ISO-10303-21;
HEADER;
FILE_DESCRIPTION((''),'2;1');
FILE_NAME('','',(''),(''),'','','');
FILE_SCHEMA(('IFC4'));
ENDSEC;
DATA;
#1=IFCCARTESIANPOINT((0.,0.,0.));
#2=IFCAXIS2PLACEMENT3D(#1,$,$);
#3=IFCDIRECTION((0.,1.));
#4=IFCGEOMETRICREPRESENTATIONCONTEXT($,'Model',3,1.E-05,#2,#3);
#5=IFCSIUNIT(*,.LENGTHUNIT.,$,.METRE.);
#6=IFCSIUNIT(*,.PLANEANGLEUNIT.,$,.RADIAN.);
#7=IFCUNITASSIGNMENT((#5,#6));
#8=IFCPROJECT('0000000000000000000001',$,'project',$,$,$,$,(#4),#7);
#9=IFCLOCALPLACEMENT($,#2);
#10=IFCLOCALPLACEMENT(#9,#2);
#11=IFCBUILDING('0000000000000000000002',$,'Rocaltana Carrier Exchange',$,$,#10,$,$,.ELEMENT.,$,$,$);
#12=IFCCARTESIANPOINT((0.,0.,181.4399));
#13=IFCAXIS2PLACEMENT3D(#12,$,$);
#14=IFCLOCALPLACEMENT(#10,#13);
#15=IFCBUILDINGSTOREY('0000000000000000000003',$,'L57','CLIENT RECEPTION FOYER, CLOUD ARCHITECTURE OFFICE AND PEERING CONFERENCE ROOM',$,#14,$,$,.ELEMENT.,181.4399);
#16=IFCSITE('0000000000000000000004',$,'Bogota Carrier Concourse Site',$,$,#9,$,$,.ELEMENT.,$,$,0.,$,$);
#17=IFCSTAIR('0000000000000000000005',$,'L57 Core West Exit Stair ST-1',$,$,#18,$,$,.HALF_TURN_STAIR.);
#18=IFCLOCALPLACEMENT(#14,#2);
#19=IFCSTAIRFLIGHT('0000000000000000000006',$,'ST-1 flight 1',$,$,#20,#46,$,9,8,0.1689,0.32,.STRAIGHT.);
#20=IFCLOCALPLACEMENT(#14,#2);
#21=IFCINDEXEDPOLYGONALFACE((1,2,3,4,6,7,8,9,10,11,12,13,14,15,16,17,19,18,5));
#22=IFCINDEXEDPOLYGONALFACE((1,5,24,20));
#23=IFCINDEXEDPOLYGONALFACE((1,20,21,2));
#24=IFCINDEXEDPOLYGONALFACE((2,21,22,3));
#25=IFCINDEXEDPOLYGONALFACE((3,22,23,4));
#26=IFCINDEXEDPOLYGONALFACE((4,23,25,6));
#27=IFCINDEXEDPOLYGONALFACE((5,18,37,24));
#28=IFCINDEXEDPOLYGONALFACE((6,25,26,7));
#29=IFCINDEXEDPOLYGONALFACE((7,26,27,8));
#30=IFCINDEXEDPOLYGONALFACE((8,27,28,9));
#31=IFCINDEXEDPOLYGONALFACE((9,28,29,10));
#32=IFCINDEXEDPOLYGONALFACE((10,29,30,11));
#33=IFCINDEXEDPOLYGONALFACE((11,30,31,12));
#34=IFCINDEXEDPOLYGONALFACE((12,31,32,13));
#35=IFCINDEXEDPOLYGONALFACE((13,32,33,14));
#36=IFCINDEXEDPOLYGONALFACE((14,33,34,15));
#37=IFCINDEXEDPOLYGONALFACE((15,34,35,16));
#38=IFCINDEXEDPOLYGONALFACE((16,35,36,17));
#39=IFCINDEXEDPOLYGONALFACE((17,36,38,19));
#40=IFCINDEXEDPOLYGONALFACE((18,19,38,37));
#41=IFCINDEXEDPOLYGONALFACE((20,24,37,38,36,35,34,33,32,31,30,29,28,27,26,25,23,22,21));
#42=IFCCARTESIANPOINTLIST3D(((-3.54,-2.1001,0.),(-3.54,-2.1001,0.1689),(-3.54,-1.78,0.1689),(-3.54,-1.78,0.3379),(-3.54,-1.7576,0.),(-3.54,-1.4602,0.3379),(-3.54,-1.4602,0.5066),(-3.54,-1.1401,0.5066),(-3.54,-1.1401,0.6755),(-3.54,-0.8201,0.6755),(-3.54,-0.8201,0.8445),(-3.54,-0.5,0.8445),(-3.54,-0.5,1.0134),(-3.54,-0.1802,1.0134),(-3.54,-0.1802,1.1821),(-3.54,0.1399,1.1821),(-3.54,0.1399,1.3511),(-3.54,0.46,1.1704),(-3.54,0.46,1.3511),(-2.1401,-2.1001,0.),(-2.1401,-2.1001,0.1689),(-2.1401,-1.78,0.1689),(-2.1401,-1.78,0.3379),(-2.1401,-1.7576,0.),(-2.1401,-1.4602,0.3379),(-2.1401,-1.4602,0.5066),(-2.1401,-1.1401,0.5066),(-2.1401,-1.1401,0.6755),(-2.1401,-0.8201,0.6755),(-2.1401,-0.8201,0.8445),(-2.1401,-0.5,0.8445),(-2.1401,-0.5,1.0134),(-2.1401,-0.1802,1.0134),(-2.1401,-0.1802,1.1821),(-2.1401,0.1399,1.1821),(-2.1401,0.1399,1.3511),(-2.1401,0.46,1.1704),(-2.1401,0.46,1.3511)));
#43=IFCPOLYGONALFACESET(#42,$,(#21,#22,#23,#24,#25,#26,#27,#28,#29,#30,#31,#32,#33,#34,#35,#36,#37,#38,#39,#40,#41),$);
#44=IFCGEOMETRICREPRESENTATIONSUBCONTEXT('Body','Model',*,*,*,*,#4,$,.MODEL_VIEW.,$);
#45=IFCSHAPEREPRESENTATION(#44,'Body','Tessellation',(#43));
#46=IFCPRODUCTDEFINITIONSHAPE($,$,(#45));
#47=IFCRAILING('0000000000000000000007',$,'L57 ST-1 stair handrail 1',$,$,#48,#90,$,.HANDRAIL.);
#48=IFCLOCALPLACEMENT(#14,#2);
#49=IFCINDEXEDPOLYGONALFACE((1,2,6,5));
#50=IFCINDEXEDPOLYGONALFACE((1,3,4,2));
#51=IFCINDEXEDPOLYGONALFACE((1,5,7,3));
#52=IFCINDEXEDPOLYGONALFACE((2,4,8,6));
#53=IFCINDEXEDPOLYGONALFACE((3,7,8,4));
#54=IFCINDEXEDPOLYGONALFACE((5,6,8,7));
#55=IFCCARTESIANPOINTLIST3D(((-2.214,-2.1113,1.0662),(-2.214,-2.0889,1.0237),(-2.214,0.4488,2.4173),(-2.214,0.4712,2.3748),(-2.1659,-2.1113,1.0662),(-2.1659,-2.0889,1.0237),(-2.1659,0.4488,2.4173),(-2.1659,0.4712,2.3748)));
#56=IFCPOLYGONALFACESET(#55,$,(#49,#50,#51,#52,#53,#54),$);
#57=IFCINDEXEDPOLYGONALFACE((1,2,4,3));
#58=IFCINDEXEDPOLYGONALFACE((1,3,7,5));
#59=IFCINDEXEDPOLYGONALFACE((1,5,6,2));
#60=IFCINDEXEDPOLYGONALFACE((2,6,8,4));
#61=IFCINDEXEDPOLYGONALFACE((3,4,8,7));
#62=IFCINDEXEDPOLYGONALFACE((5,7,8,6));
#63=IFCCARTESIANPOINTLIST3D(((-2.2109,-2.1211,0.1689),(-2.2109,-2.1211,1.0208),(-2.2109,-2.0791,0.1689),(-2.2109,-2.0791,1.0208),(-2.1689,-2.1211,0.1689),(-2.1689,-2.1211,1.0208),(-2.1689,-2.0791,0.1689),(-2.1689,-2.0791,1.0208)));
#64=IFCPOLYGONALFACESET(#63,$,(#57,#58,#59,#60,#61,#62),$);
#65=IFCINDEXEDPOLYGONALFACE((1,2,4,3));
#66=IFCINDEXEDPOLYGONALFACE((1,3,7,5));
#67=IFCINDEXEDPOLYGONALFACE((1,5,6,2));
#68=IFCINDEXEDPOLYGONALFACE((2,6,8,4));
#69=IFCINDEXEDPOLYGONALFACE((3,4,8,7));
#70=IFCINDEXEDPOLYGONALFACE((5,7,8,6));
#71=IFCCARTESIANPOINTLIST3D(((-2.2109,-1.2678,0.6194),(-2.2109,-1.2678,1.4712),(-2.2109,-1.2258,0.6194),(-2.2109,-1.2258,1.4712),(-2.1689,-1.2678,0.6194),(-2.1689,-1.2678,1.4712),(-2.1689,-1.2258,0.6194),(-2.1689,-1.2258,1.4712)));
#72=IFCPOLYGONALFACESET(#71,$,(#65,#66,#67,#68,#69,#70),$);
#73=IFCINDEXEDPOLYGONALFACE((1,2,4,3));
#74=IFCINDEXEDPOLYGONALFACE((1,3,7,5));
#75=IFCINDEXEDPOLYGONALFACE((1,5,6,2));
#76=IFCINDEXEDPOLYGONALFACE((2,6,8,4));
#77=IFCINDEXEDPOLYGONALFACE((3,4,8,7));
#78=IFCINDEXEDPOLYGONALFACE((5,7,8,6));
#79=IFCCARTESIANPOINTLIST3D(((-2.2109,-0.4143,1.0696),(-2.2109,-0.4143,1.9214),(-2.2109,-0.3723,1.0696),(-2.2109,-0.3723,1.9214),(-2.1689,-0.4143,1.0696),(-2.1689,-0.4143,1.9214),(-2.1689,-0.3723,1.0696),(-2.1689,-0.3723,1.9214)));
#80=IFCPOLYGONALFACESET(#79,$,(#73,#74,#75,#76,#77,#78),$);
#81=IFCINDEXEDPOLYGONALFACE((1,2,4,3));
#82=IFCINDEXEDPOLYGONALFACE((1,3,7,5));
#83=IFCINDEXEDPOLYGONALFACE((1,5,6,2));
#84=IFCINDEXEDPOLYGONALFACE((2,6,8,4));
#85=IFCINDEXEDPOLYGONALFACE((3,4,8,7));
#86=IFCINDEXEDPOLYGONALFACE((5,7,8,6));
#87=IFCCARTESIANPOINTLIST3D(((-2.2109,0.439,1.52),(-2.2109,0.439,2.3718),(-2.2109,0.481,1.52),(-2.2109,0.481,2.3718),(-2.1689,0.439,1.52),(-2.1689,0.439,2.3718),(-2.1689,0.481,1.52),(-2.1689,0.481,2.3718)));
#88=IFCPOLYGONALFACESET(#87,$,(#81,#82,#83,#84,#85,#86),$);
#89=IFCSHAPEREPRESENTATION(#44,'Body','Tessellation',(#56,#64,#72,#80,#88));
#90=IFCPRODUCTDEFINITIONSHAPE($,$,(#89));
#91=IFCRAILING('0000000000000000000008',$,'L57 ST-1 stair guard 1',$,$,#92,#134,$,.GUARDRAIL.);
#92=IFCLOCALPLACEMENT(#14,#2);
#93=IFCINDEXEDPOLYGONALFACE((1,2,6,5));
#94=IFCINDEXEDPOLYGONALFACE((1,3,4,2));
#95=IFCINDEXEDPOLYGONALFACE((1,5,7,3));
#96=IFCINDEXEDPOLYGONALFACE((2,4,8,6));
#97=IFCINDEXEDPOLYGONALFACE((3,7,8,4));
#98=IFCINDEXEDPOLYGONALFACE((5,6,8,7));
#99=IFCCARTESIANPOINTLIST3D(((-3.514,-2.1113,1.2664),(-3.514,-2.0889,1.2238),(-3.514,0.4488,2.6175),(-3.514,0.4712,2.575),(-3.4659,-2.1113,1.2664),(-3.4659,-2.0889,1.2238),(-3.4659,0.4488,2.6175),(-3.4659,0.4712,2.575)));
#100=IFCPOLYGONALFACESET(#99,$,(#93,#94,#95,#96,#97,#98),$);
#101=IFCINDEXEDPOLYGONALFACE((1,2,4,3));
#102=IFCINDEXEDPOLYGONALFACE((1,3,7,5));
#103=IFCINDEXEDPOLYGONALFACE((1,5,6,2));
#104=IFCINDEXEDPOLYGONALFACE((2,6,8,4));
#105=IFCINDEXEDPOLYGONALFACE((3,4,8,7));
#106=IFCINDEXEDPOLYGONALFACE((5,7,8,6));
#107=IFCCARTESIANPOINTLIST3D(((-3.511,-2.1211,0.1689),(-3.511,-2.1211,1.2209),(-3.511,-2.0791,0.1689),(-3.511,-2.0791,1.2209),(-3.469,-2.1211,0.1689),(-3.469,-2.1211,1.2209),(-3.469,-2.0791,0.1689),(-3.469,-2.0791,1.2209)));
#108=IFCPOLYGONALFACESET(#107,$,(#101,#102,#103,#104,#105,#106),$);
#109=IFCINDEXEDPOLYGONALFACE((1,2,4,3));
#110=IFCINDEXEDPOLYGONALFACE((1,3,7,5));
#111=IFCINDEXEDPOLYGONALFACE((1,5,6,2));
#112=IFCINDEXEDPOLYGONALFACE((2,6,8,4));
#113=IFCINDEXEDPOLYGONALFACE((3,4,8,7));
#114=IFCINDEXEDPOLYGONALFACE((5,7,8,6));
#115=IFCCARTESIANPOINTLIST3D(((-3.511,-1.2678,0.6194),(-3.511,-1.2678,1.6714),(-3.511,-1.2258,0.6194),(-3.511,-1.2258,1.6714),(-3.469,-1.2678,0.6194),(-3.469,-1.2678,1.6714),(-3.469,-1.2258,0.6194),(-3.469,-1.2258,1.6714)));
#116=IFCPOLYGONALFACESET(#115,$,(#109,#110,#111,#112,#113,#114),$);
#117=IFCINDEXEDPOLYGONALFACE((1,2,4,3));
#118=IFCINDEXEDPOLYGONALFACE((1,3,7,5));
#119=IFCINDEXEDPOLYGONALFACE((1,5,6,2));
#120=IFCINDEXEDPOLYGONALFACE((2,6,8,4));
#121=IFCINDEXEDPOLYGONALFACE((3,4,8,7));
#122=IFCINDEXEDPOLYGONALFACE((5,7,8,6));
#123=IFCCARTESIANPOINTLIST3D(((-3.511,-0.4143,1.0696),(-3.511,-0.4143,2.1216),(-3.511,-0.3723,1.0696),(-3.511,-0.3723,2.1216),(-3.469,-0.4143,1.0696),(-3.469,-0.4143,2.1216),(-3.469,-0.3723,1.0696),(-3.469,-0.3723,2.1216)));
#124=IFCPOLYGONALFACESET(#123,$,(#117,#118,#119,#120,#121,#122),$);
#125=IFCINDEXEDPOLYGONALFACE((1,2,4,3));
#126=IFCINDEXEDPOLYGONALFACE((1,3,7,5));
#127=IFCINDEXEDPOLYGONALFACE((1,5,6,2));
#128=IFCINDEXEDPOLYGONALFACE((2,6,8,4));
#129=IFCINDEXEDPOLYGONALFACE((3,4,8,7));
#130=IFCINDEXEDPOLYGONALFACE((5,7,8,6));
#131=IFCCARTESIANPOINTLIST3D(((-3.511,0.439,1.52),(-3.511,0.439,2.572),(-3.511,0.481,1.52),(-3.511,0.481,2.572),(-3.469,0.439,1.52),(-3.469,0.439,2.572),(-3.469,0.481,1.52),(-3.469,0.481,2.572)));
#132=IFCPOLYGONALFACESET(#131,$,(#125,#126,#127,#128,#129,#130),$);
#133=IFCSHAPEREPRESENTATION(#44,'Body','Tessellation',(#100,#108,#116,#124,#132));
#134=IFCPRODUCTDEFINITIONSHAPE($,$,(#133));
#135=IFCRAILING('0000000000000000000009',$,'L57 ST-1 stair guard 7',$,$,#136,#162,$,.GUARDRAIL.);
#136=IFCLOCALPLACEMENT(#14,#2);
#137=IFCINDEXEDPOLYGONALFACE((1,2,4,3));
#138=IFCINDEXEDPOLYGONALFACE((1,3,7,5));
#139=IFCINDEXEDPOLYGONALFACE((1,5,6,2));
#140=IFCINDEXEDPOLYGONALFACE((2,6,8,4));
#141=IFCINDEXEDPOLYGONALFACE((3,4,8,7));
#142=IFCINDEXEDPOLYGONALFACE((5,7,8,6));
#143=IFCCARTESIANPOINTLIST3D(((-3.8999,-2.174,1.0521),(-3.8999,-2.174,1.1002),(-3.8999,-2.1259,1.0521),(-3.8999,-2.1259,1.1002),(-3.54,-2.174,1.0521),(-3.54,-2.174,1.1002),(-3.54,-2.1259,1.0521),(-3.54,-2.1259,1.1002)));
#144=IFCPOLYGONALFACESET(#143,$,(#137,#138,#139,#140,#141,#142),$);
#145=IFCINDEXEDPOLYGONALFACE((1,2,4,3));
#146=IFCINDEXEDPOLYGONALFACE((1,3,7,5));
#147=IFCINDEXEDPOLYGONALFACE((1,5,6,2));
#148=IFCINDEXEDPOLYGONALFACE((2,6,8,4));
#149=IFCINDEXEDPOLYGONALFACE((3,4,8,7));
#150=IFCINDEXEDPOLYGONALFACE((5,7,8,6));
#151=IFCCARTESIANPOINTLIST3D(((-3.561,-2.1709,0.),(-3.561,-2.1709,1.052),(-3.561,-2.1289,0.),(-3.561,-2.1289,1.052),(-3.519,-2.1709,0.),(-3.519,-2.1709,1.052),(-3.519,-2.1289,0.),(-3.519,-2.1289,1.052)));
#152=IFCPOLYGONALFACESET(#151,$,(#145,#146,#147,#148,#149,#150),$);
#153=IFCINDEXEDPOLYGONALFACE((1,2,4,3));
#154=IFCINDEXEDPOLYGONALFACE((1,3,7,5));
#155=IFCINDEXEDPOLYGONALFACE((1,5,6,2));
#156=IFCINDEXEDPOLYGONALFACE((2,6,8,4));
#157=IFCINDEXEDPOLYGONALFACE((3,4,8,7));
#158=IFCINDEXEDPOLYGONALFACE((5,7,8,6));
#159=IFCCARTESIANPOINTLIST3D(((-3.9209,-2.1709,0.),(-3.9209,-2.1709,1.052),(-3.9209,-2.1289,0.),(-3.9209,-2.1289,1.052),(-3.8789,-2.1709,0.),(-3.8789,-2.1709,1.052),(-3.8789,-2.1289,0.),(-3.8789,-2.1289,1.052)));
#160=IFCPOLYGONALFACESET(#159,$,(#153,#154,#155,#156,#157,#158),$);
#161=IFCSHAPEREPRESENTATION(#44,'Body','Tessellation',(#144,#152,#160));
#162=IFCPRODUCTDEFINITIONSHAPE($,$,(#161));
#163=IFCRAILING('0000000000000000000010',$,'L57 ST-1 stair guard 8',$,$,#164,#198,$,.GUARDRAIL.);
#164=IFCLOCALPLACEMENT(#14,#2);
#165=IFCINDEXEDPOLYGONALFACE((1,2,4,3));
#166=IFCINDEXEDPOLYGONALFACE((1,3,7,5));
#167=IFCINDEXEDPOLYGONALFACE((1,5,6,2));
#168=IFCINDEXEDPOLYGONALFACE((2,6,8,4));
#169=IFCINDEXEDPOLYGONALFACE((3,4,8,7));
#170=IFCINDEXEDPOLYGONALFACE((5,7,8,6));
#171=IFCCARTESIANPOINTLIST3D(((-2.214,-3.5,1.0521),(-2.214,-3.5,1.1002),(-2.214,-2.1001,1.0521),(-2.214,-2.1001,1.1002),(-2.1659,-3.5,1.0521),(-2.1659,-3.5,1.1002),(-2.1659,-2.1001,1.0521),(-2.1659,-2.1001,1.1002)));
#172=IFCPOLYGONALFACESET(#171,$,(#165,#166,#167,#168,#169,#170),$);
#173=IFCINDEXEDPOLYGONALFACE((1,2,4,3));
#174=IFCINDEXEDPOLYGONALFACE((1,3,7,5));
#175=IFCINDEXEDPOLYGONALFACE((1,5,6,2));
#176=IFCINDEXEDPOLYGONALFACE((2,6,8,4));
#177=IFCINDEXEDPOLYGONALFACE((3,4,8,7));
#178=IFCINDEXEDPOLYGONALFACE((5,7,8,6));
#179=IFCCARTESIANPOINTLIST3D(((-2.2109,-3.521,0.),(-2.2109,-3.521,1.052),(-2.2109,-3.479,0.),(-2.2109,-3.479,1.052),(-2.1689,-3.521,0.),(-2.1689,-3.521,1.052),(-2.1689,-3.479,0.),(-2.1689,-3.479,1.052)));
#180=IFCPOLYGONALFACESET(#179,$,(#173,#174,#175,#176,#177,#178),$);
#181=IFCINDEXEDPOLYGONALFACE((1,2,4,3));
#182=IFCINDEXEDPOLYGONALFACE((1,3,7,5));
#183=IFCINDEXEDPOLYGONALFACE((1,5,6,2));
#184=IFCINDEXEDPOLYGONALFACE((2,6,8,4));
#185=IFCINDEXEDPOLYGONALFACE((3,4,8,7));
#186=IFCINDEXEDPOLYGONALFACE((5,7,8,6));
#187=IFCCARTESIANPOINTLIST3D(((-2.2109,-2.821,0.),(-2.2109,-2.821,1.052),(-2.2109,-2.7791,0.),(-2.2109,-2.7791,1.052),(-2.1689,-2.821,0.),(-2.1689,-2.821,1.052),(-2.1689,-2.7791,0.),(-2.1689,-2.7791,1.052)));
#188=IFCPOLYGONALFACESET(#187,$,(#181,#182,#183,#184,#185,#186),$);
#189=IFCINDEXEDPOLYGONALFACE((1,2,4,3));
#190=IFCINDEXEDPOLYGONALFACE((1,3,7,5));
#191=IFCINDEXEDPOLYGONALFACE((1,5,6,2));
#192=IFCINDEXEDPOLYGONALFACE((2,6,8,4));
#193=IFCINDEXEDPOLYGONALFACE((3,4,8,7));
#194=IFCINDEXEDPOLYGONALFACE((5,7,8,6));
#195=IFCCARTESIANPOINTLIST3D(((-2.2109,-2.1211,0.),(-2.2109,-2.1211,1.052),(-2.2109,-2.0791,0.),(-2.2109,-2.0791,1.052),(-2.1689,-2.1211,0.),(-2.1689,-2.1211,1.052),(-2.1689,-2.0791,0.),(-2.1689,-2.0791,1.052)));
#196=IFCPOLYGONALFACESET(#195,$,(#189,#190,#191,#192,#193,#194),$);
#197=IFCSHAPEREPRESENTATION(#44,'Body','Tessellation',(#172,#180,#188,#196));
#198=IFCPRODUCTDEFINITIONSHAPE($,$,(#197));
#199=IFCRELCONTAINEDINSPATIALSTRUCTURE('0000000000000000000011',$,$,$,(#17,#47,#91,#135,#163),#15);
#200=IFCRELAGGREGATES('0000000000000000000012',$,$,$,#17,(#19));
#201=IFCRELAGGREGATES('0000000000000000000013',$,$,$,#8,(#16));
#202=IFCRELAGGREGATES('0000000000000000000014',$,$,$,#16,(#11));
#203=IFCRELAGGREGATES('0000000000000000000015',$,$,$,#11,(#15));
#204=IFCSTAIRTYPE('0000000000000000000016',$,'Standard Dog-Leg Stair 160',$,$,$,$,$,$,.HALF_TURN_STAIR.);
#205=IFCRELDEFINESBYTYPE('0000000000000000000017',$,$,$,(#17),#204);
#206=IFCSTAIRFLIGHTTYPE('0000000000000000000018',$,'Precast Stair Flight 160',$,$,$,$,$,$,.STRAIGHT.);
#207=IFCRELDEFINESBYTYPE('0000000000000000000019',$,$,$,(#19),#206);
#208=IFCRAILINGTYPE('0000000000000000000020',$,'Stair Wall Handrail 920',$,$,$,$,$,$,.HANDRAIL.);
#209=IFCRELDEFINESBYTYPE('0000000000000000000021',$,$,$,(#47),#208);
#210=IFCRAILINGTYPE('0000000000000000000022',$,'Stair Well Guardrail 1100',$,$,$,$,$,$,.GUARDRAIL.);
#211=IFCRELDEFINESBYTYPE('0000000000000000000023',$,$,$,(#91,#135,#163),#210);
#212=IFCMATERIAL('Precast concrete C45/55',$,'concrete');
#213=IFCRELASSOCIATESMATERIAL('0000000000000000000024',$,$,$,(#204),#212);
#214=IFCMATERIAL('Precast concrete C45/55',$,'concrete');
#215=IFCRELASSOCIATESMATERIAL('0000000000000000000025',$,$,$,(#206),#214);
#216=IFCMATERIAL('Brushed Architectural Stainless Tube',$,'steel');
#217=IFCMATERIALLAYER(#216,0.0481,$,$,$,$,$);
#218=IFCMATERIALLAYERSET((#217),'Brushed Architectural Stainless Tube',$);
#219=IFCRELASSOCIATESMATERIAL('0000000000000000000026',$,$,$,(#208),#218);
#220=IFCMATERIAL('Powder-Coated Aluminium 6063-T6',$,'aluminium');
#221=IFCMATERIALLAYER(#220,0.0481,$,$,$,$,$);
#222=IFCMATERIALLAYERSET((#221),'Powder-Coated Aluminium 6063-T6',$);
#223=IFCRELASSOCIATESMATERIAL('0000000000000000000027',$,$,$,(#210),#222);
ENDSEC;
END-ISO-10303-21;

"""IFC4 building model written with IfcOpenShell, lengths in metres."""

from ifc_helpers import new_model, si_unit, direction, frame, origin, origin_2d, place, context, subcontext, project, spatial, polyline, rectangle, outline, extrude, material, layer, layer_set, type_object, element, aggregate, save


model = new_model("IFC4")

# Units and contexts
model_context = context("Model", 3, precision=1e-05, world=origin(), true_north=direction((0.0, 1.0)))
body_context = subcontext(model_context, "Body", "Model", "MODEL_VIEW")
ifc_project = project(units=[si_unit("LENGTHUNIT", "METRE"), si_unit("PLANEANGLEUNIT", "RADIAN")], contexts=[model_context])

# Site, building, storey
site_placement = place(None, origin())
site = spatial("IfcSite", under=ifc_project, at=site_placement, Name="Bogota Carrier Concourse Site", CompositionType="ELEMENT", RefElevation=0.0)
building_placement = place(site_placement, origin())
building = spatial("IfcBuilding", under=site, at=building_placement, Name="Rocaltana Carrier Exchange", CompositionType="ELEMENT")
storey_placement = place(building_placement, frame((0.0, 0.0, 181.4399)))
storey = spatial("IfcBuildingStorey", under=building, at=storey_placement, Name="L57", Description="CLIENT RECEPTION FOYER, CLOUD ARCHITECTURE OFFICE AND PEERING CONFERENCE ROOM", CompositionType="ELEMENT", Elevation=181.4399)

# Stair
ifc_material_1 = material(Name="Precast concrete C45/55", Category="concrete")
stair_type = type_object("IfcStairType", Name="Standard Dog-Leg Stair 160", PredefinedType="HALF_TURN_STAIR", material=ifc_material_1)
stair_1_placement = place(storey_placement, origin())
stair_1 = element("IfcStair", 1, at=stair_1_placement, inside=storey, type_object=stair_type, Name="L57 Core West Exit Stair ST-1", PredefinedType="HALF_TURN_STAIR")

# Stair flight
ifc_material_2 = material(Name="Precast concrete C45/55", Category="concrete")
stair_flight_type = type_object("IfcStairFlightType", Name="Precast Stair Flight 160", PredefinedType="STRAIGHT", material=ifc_material_2)
stair_flight_placement = place(storey_placement, frame((-2.8401, -2.1001, 0.0), z_axis=(0.0, 0.0, 1.0), x_axis=(0.0, 1.0, 0.0)))
stair_flight = element("IfcStairFlight", 2, at=stair_flight_placement, type_object=stair_flight_type, Name="ST-1 flight 1", NumberOfRisers=9, NumberOfTreads=8, PredefinedType="STRAIGHT", RiserHeight=0.1689, TreadLength=0.32, context=body_context, shape_type="SweptSolid", body=[
    extrude(outline(polyline([(0.0, 0.0), (0.0, 0.1689), (0.3201, 0.1689), (0.3201, 0.3379), (0.6399, 0.3379), (0.6399, 0.5066), (0.96, 0.5066), (0.96, 0.6755), (1.28, 0.6755), (1.28, 0.8445), (1.6001, 0.8445), (1.6001, 1.0134), (1.9199, 1.0134), (1.9199, 1.1821), (2.24, 1.1821), (2.24, 1.3511), (2.5601, 1.3511), (2.5601, 1.52), (2.5601, 1.1704), (0.3425, 0.0), (0.0, 0.0)])), frame((0.0, 0.7, 0.0), z_axis=(0.0, -1.0, 0.0), x_axis=(1.0, 0.0, 0.0)), (0.0, 0.0, 1.0), 1.3999),
])
aggregate(stair_1, [stair_flight])

# Railings
ifc_material_3 = material(Name="Brushed Architectural Stainless Tube", Category="steel")
ifc_layer_1 = layer(ifc_material_3, 0.0481)
ifc_layer_set_1 = layer_set([ifc_layer_1], Name="Brushed Architectural Stainless Tube")
railing_type_1 = type_object("IfcRailingType", Name="Stair Wall Handrail 920", PredefinedType="HANDRAIL", material=ifc_layer_set_1)
railing_1_placement = place(storey_placement, frame((-2.1899, -2.1001, 0.1689)))
element("IfcRailing", 3, at=railing_1_placement, inside=storey, type_object=railing_type_1, Name="L57 ST-1 stair handrail 1", PredefinedType="HANDRAIL", context=body_context, shape_type="SweptSolid", body=[
    extrude(rectangle(XDim=0.0481, YDim=0.0481, at=origin_2d()), frame((0.0, 0.0, 0.876), z_axis=(0.0, 0.884394, 0.46674), x_axis=(-1.0, 0.0, 0.0)), (0.0, 0.0, 1.0), 2.8948),
    extrude(rectangle(XDim=0.042, YDim=0.042, at=origin_2d()), origin(), (0.0, 0.0, 1.0), 0.8518),
    extrude(rectangle(XDim=0.042, YDim=0.042, at=origin_2d()), frame((0.0, 0.8533, 0.4504)), (0.0, 0.0, 1.0), 0.8518),
    extrude(rectangle(XDim=0.042, YDim=0.042, at=origin_2d()), frame((0.0, 1.7068, 0.9006)), (0.0, 0.0, 1.0), 0.8518),
    extrude(rectangle(XDim=0.042, YDim=0.042, at=origin_2d()), frame((0.0, 2.5601, 1.3511)), (0.0, 0.0, 1.0), 0.8518),
])
ifc_material_4 = material(Name="Powder-Coated Aluminium 6063-T6", Category="aluminium")
ifc_layer_2 = layer(ifc_material_4, 0.0481)
ifc_layer_set_2 = layer_set([ifc_layer_2], Name="Powder-Coated Aluminium 6063-T6")
railing_type_2 = type_object("IfcRailingType", Name="Stair Well Guardrail 1100", PredefinedType="GUARDRAIL", material=ifc_layer_set_2)
railing_2_placement = place(storey_placement, frame((-3.49, -2.1001, 0.1689)))
element("IfcRailing", 4, at=railing_2_placement, inside=storey, type_object=railing_type_2, Name="L57 ST-1 stair guard 1", PredefinedType="GUARDRAIL", context=body_context, shape_type="SweptSolid", body=[
    extrude(rectangle(XDim=0.0481, YDim=0.0481, at=origin_2d()), frame((0.0, 0.0, 1.0762), z_axis=(0.0, 0.884394, 0.46674), x_axis=(-1.0, 0.0, 0.0)), (0.0, 0.0, 1.0), 2.8948),
    extrude(rectangle(XDim=0.042, YDim=0.042, at=origin_2d()), origin(), (0.0, 0.0, 1.0), 1.052),
    extrude(rectangle(XDim=0.042, YDim=0.042, at=origin_2d()), frame((0.0, 0.8533, 0.4504)), (0.0, 0.0, 1.0), 1.052),
    extrude(rectangle(XDim=0.042, YDim=0.042, at=origin_2d()), frame((0.0, 1.7068, 0.9006)), (0.0, 0.0, 1.0), 1.052),
    extrude(rectangle(XDim=0.042, YDim=0.042, at=origin_2d()), frame((0.0, 2.5601, 1.3511)), (0.0, 0.0, 1.0), 1.052),
])
railing_3_placement = place(storey_placement, frame((-3.54, -2.1499, 0.0)))
element("IfcRailing", 5, at=railing_3_placement, inside=storey, type_object=railing_type_2, Name="L57 ST-1 stair guard 7", PredefinedType="GUARDRAIL", context=body_context, shape_type="SweptSolid", body=[
    extrude(rectangle(XDim=0.0481, YDim=0.0481, at=origin_2d()), frame((0.0, 0.0, 1.0762), z_axis=(-1.0, 0.0, 0.0), x_axis=(0.0, -1.0, 0.0)), (0.0, 0.0, 1.0), 0.3599),
    extrude(rectangle(XDim=0.042, YDim=0.042, at=origin_2d()), origin(), (0.0, 0.0, 1.0), 1.052),
    extrude(rectangle(XDim=0.042, YDim=0.042, at=origin_2d()), frame((-0.3599, 0.0, 0.0)), (0.0, 0.0, 1.0), 1.052),
])
for number, where, name in (
    (6, (-2.1899, -3.5, 0.0), "L57 ST-1 stair guard 8"),
):
    element("IfcRailing", number, at=place(storey_placement, frame(where)), inside=storey, type_object=railing_type_2, Name=name, PredefinedType="GUARDRAIL", context=body_context, shape_type="SweptSolid", body=[
        extrude(rectangle(XDim=0.0481, YDim=0.0481, at=origin_2d()), frame((0.0, 0.0, 1.0762), z_axis=(0.0, 1.0, 0.0), x_axis=(-1.0, 0.0, 0.0)), (0.0, 0.0, 1.0), 1.3999),
        extrude(rectangle(XDim=0.042, YDim=0.042, at=origin_2d()), origin(), (0.0, 0.0, 1.0), 1.052),
        extrude(rectangle(XDim=0.042, YDim=0.042, at=origin_2d()), frame((0.0, 0.7, 0.0)), (0.0, 0.0, 1.0), 1.052),
        extrude(rectangle(XDim=0.042, YDim=0.042, at=origin_2d()), frame((0.0, 1.3999, 0.0)), (0.0, 0.0, 1.0), 1.052),
    ])

save(model, "model.ifc")
